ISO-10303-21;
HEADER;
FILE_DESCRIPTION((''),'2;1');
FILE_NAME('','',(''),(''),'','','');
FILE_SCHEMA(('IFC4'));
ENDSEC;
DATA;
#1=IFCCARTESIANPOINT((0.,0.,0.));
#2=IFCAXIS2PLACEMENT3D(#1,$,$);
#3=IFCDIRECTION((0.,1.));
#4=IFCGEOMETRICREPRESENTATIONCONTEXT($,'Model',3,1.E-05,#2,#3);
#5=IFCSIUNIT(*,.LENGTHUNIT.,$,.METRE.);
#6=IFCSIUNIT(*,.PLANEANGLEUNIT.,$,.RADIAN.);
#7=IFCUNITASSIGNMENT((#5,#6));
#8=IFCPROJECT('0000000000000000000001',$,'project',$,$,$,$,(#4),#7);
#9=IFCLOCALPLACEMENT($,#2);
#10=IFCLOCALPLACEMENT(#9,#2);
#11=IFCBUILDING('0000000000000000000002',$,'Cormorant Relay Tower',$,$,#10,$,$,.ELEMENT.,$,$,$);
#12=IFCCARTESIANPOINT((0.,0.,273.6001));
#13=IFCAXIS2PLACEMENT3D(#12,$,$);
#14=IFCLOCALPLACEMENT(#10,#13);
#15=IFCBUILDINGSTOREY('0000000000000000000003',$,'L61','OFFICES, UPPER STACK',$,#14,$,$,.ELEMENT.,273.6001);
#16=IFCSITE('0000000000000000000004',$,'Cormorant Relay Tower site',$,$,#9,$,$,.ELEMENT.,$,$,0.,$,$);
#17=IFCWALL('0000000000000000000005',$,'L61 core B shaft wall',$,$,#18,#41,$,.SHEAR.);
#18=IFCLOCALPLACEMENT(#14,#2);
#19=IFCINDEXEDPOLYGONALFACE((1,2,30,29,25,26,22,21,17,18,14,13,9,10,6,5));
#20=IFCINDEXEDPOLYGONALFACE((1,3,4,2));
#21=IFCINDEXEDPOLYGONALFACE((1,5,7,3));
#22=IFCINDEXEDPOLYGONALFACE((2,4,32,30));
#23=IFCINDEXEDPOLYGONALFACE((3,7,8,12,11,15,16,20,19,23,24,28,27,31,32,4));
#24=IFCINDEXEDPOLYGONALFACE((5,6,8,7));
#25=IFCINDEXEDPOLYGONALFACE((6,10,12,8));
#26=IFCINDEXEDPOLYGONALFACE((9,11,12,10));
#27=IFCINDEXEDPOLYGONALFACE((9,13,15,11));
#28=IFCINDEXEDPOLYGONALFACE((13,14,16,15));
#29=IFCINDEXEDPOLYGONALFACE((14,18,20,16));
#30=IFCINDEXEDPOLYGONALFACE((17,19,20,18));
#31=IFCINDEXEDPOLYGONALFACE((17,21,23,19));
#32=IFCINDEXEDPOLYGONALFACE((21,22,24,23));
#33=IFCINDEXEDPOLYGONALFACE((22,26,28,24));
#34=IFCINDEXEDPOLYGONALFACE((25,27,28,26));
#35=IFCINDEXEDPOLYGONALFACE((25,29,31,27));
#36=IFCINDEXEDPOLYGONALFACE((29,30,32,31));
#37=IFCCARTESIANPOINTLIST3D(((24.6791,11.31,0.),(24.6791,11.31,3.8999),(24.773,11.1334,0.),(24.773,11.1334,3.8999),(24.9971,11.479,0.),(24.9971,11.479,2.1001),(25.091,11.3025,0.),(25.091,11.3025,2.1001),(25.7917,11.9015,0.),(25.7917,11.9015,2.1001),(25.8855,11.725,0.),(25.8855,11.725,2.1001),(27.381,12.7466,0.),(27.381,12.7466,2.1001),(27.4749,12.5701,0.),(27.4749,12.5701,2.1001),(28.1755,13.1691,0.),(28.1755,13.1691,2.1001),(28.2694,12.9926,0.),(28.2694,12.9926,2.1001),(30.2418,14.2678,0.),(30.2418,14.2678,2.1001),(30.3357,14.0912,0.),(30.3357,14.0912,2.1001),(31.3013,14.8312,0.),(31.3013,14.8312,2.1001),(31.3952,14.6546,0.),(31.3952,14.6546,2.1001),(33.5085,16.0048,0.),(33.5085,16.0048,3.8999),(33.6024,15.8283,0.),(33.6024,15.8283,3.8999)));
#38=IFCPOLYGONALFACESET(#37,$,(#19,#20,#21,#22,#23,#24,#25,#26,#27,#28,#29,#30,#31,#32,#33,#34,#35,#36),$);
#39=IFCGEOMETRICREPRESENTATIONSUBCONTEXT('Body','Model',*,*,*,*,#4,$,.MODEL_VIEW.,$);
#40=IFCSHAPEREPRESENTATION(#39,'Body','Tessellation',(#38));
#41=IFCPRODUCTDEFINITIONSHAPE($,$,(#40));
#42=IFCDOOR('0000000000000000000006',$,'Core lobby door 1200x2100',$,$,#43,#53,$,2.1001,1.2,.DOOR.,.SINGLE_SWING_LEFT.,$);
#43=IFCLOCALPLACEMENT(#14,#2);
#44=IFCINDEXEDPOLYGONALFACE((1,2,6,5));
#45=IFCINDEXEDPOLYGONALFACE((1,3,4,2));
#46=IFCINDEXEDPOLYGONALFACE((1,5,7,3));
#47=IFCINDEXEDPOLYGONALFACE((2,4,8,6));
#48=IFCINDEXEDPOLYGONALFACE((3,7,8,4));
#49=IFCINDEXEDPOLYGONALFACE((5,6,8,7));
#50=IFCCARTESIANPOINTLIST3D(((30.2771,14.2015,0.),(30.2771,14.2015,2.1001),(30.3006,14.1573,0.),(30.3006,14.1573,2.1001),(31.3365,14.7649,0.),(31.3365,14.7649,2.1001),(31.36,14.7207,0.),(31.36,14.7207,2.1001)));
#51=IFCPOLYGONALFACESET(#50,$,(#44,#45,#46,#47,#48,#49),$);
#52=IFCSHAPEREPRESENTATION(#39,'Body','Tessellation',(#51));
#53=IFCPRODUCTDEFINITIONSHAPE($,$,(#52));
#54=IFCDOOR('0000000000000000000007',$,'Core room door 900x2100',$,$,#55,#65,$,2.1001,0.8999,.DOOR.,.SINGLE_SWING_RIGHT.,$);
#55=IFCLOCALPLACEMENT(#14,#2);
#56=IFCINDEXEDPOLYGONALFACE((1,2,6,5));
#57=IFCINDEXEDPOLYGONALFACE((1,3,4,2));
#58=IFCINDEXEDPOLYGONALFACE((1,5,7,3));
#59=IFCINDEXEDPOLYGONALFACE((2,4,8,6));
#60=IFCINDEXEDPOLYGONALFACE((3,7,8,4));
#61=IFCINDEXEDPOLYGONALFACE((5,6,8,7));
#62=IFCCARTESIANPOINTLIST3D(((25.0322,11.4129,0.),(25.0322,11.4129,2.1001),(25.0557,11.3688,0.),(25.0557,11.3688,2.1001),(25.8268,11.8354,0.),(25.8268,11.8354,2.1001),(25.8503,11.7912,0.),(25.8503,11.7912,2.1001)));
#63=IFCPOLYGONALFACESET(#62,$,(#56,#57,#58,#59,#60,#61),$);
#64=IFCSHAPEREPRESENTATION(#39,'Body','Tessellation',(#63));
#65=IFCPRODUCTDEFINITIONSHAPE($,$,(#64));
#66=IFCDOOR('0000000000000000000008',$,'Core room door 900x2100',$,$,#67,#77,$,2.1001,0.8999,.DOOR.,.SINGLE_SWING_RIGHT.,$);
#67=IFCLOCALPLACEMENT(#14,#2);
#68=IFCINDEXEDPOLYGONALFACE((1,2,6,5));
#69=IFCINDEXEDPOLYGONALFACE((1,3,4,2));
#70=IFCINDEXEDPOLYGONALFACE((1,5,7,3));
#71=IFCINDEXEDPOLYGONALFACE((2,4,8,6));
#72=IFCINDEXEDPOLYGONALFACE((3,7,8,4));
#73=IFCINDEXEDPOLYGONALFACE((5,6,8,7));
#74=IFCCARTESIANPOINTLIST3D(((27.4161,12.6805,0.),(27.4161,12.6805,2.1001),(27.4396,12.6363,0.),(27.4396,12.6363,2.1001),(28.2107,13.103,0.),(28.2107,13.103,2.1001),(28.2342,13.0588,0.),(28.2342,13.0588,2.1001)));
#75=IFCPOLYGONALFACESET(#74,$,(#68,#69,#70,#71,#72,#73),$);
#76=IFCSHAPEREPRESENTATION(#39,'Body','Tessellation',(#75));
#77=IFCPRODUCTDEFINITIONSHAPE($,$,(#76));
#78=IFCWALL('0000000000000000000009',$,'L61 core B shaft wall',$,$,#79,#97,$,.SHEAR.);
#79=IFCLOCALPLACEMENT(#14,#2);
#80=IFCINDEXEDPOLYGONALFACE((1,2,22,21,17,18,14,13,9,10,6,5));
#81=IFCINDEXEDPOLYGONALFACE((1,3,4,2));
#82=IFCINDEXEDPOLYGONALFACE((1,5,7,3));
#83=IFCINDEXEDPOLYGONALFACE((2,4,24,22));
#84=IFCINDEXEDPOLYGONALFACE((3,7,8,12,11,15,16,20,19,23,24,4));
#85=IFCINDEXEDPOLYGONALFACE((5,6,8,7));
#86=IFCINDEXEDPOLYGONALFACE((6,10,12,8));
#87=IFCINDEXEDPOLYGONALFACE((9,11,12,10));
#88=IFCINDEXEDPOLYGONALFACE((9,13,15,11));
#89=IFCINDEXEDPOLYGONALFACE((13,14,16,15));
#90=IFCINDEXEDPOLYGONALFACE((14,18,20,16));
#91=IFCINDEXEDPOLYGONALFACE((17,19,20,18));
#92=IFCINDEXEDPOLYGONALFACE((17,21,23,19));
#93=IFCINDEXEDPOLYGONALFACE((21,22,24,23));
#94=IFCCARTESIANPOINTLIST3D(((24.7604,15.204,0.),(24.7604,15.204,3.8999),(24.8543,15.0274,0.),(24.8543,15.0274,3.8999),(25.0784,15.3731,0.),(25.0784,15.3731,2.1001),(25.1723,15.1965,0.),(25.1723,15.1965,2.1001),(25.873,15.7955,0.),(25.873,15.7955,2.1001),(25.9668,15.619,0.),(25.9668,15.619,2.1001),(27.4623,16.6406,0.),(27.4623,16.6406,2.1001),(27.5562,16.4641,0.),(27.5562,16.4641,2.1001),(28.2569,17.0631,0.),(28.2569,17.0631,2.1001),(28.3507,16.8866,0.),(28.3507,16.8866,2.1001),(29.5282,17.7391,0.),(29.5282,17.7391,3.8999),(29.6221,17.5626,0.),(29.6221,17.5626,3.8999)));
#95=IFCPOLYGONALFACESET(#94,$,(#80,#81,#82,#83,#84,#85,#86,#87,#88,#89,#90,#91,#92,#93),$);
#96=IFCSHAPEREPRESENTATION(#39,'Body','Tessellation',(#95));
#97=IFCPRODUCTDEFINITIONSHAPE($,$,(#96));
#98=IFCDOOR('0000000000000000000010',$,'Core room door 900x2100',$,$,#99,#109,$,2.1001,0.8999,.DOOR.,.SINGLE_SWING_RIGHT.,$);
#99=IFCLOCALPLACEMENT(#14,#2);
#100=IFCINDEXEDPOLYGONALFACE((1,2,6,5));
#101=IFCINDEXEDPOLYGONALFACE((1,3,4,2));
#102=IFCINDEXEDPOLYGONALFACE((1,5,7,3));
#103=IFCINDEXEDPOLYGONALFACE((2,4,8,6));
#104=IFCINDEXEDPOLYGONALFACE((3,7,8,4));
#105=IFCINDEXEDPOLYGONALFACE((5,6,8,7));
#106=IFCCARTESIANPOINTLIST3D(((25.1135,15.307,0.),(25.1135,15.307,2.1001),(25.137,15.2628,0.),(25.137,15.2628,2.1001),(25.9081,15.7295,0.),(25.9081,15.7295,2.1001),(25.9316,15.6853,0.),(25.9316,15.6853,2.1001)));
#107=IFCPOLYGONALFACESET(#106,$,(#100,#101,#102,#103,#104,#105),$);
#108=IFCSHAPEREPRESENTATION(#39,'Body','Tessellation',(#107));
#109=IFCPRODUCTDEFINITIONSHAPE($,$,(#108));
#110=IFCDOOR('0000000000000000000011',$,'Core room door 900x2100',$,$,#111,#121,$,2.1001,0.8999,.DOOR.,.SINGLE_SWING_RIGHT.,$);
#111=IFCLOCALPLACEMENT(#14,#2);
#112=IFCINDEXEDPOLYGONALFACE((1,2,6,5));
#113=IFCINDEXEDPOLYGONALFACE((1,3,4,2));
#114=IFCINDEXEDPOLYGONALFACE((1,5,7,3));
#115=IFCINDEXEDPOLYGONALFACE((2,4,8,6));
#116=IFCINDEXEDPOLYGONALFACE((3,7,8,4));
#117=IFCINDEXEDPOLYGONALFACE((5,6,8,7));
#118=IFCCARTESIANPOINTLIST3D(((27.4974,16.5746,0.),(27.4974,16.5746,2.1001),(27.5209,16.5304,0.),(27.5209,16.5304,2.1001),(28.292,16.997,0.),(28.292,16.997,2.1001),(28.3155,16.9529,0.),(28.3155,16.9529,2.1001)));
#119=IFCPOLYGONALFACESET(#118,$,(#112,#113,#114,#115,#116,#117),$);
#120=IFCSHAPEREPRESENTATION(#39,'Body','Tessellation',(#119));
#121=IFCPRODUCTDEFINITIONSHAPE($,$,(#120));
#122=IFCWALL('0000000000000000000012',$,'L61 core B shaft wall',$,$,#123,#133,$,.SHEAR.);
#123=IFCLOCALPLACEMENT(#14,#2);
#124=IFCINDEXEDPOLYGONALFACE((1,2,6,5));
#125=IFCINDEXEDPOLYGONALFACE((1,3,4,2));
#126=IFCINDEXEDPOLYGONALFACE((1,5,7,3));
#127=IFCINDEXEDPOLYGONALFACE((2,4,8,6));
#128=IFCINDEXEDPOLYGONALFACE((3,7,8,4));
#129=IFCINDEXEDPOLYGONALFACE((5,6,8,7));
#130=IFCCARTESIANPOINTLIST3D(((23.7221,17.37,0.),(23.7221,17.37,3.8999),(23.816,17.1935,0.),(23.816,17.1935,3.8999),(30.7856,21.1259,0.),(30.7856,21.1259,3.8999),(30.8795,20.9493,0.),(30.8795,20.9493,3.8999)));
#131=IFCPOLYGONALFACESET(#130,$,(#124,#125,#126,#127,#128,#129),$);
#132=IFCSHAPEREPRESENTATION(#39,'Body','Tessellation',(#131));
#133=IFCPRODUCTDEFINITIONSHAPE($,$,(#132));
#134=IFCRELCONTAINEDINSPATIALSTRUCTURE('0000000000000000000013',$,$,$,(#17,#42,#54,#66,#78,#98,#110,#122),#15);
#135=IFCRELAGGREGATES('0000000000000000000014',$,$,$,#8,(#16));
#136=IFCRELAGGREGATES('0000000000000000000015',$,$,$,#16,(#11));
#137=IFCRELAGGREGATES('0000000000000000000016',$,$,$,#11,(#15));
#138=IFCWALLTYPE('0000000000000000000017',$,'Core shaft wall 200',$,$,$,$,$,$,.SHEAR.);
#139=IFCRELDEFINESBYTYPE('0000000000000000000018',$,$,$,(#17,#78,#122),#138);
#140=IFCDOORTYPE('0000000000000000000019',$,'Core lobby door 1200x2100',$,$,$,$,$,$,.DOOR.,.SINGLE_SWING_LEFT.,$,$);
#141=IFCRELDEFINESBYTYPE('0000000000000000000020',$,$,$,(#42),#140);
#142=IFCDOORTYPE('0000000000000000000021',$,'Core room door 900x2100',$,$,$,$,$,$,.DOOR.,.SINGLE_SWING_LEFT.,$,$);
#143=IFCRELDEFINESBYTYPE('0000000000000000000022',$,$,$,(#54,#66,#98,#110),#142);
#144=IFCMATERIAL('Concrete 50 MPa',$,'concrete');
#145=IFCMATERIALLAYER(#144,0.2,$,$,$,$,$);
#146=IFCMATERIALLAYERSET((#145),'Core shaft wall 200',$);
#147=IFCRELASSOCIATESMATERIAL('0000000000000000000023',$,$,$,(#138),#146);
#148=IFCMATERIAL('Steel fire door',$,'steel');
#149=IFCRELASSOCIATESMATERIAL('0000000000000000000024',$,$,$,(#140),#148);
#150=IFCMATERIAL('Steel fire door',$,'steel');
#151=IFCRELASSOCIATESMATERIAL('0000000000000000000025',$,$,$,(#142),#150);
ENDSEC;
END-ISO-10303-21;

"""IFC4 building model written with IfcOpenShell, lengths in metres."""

from ifc_helpers import new_model, si_unit, direction, frame, frame_2d, origin, place, context, subcontext, project, spatial, rectangle, extrude, material, layer, layer_set, type_object, element, fill, save


model = new_model("IFC4")

# Units and contexts
model_context = context("Model", 3, precision=1e-05, world=origin(), true_north=direction((0.0, 1.0)))
body_context = subcontext(model_context, "Body", "Model", "MODEL_VIEW")
ifc_project = project(units=[si_unit("LENGTHUNIT", "METRE"), si_unit("PLANEANGLEUNIT", "RADIAN")], contexts=[model_context])

# Site, building, storey
site_placement = place(None, origin())
site = spatial("IfcSite", under=ifc_project, at=site_placement, Name="Cormorant Relay Tower site", CompositionType="ELEMENT", RefElevation=0.0)
building_placement = place(site_placement, origin())
building = spatial("IfcBuilding", under=site, at=building_placement, Name="Cormorant Relay Tower", CompositionType="ELEMENT")
storey_placement = place(building_placement, frame((0.0, 0.0, 273.6001)))
storey = spatial("IfcBuildingStorey", under=building, at=storey_placement, Name="L61", Description="OFFICES, UPPER STACK", CompositionType="ELEMENT", Elevation=273.6001)

# Shared definitions
ifc_material_1 = material(Name="Concrete 50 MPa", Category="concrete")
ifc_layer_1 = layer(ifc_material_1, 0.2)
ifc_layer_set_1 = layer_set([ifc_layer_1], Name="Core shaft wall 200")
wall_type_1 = type_object("IfcWallType", Name="Core shaft wall 200", PredefinedType="SHEAR", material=ifc_layer_set_1)

# Walls, openings, doors
wall_1_placement = place(storey_placement, frame((24.7261, 11.2217, 0.0), z_axis=(0.0, 0.0, 1.0), x_axis=(0.88294, 0.469485, 0.0)))
wall_1 = element("IfcWall", 1, at=wall_1_placement, inside=storey, type_object=wall_type_1, Name="L61 core B shaft wall", PredefinedType="SHEAR", context=body_context, shape_type="SweptSolid", body=[
    extrude(rectangle(XDim=10.0, YDim=0.2, at=frame_2d((5.0, 0.0))), origin(), (0.0, 0.0, 1.0), 3.8999),
])
opening_1_placement = place(wall_1_placement, frame((6.3, 0.0, 0.0)))
opening_1 = element("IfcOpeningElement", 2, at=opening_1_placement, cuts=wall_1, PredefinedType="OPENING", context=body_context, shape_type="SweptSolid", body=[
    extrude(rectangle(XDim=1.2, YDim=2.1001, at=frame_2d((0.6001, 1.05))), frame((0.0, 0.1099, 0.0), z_axis=(0.0, -1.0, 0.0), x_axis=(1.0, 0.0, 0.0)), (0.0, 0.0, 1.0), 0.22),
])
opening_2_placement = place(wall_1_placement, frame((0.3601, 0.0, 0.0)))
opening_2 = element("IfcOpeningElement", 3, at=opening_2_placement, cuts=wall_1, PredefinedType="OPENING", context=body_context, shape_type="SweptSolid", body=[
    extrude(rectangle(XDim=0.8999, YDim=2.1001, at=frame_2d((0.45, 1.05))), frame((0.0, 0.1099, 0.0), z_axis=(0.0, -1.0, 0.0), x_axis=(1.0, 0.0, 0.0)), (0.0, 0.0, 1.0), 0.22),
])
opening_3_placement = place(wall_1_placement, frame((3.0601, 0.0, 0.0)))
opening_3 = element("IfcOpeningElement", 4, at=opening_3_placement, cuts=wall_1, PredefinedType="OPENING", context=body_context, shape_type="SweptSolid", body=[
    extrude(rectangle(XDim=0.8999, YDim=2.1001, at=frame_2d((0.45, 1.05))), frame((0.0, 0.1099, 0.0), z_axis=(0.0, -1.0, 0.0), x_axis=(1.0, 0.0, 0.0)), (0.0, 0.0, 1.0), 0.22),
])
ifc_material_2 = material(Name="Steel fire door", Category="steel")
door_type_1 = type_object("IfcDoorType", Name="Core lobby door 1200x2100", OperationType="SINGLE_SWING_LEFT", PredefinedType="DOOR", material=ifc_material_2)
door_1_placement = place(opening_1_placement, origin())
door_1 = element("IfcDoor", 5, at=door_1_placement, inside=storey, type_object=door_type_1, Name="Core lobby door 1200x2100", OperationType="SINGLE_SWING_LEFT", OverallHeight=2.1001, OverallWidth=1.2, PredefinedType="DOOR", context=body_context, shape_type="SweptSolid", body=[
    extrude(rectangle(XDim=1.2, YDim=2.1001, at=frame_2d((0.6001, 1.05))), frame((0.0, 0.0249, 0.0), z_axis=(0.0, -1.0, 0.0), x_axis=(1.0, 0.0, 0.0)), (0.0, 0.0, 1.0), 0.05),
])
fill(opening_1, door_1)
ifc_material_3 = material(Name="Steel fire door", Category="steel")
door_type_2 = type_object("IfcDoorType", Name="Core room door 900x2100", OperationType="SINGLE_SWING_LEFT", PredefinedType="DOOR", material=ifc_material_3)
door_2_placement = place(opening_2_placement, frame((0.8999, 0.0, 0.0), z_axis=(0.0, 0.0, 1.0), x_axis=(-1.0, 0.0, 0.0)))
door_2 = element("IfcDoor", 6, at=door_2_placement, inside=storey, type_object=door_type_2, Name="Core room door 900x2100", OperationType="SINGLE_SWING_RIGHT", OverallHeight=2.1001, OverallWidth=0.8999, PredefinedType="DOOR", context=body_context, shape_type="SweptSolid", body=[
    extrude(rectangle(XDim=0.8999, YDim=2.1001, at=frame_2d((0.45, 1.05))), frame((0.0, 0.0249, 0.0), z_axis=(0.0, -1.0, 0.0), x_axis=(1.0, 0.0, 0.0)), (0.0, 0.0, 1.0), 0.05),
])
fill(opening_2, door_2)
door_3_placement = place(opening_3_placement, frame((0.8999, 0.0, 0.0), z_axis=(0.0, 0.0, 1.0), x_axis=(-1.0, 0.0, 0.0)))
door_3 = element("IfcDoor", 7, at=door_3_placement, inside=storey, type_object=door_type_2, Name="Core room door 900x2100", OperationType="SINGLE_SWING_RIGHT", OverallHeight=2.1001, OverallWidth=0.8999, PredefinedType="DOOR", context=body_context, shape_type="SweptSolid", body=[
    extrude(rectangle(XDim=0.8999, YDim=2.1001, at=frame_2d((0.45, 1.05))), frame((0.0, 0.0249, 0.0), z_axis=(0.0, -1.0, 0.0), x_axis=(1.0, 0.0, 0.0)), (0.0, 0.0, 1.0), 0.05),
])
fill(opening_3, door_3)
wall_2_placement = place(storey_placement, frame((24.8074, 15.1157, 0.0), z_axis=(0.0, 0.0, 1.0), x_axis=(0.882943, 0.46948, 0.0)))
wall_2 = element("IfcWall", 8, at=wall_2_placement, inside=storey, type_object=wall_type_1, Name="L61 core B shaft wall", PredefinedType="SHEAR", context=body_context, shape_type="SweptSolid", body=[
    extrude(rectangle(XDim=5.3999, YDim=0.2, at=frame_2d((2.7, 0.0))), origin(), (0.0, 0.0, 1.0), 3.8999),
])
opening_4_placement = place(wall_2_placement, frame((0.3601, 0.0, 0.0)))
opening_4 = element("IfcOpeningElement", 9, at=opening_4_placement, cuts=wall_2, PredefinedType="OPENING", context=body_context, shape_type="SweptSolid", body=[
    extrude(rectangle(XDim=0.8999, YDim=2.1001, at=frame_2d((0.45, 1.05))), frame((0.0, 0.1099, 0.0), z_axis=(0.0, -1.0, 0.0), x_axis=(1.0, 0.0, 0.0)), (0.0, 0.0, 1.0), 0.22),
])
opening_5_placement = place(wall_2_placement, frame((3.0601, 0.0, 0.0)))
opening_5 = element("IfcOpeningElement", 10, at=opening_5_placement, cuts=wall_2, PredefinedType="OPENING", context=body_context, shape_type="SweptSolid", body=[
    extrude(rectangle(XDim=0.8999, YDim=2.1001, at=frame_2d((0.45, 1.05))), frame((0.0, 0.1099, 0.0), z_axis=(0.0, -1.0, 0.0), x_axis=(1.0, 0.0, 0.0)), (0.0, 0.0, 1.0), 0.22),
])
door_4_placement = place(opening_4_placement, frame((0.8999, 0.0, 0.0), z_axis=(0.0, 0.0, 1.0), x_axis=(-1.0, 0.0, 0.0)))
door_4 = element("IfcDoor", 11, at=door_4_placement, inside=storey, type_object=door_type_2, Name="Core room door 900x2100", OperationType="SINGLE_SWING_RIGHT", OverallHeight=2.1001, OverallWidth=0.8999, PredefinedType="DOOR", context=body_context, shape_type="SweptSolid", body=[
    extrude(rectangle(XDim=0.8999, YDim=2.1001, at=frame_2d((0.45, 1.05))), frame((0.0, 0.0249, 0.0), z_axis=(0.0, -1.0, 0.0), x_axis=(1.0, 0.0, 0.0)), (0.0, 0.0, 1.0), 0.05),
])
fill(opening_4, door_4)
door_5_placement = place(opening_5_placement, frame((0.8999, 0.0, 0.0), z_axis=(0.0, 0.0, 1.0), x_axis=(-1.0, 0.0, 0.0)))
door_5 = element("IfcDoor", 12, at=door_5_placement, inside=storey, type_object=door_type_2, Name="Core room door 900x2100", OperationType="SINGLE_SWING_RIGHT", OverallHeight=2.1001, OverallWidth=0.8999, PredefinedType="DOOR", context=body_context, shape_type="SweptSolid", body=[
    extrude(rectangle(XDim=0.8999, YDim=2.1001, at=frame_2d((0.45, 1.05))), frame((0.0, 0.0249, 0.0), z_axis=(0.0, -1.0, 0.0), x_axis=(1.0, 0.0, 0.0)), (0.0, 0.0, 1.0), 0.05),
])
fill(opening_5, door_5)

# Wall
wall_3_placement = place(storey_placement, frame((23.769, 17.2817, 0.0), z_axis=(0.0, 0.0, 1.0), x_axis=(0.88294, 0.469485, 0.0)))
element("IfcWall", 13, at=wall_3_placement, inside=storey, type_object=wall_type_1, Name="L61 core B shaft wall", PredefinedType="SHEAR", context=body_context, shape_type="SweptSolid", body=[
    extrude(rectangle(XDim=8.0, YDim=0.2, at=frame_2d((4.0, 0.0))), origin(), (0.0, 0.0, 1.0), 3.8999),
])

save(model, "model.ifc")
